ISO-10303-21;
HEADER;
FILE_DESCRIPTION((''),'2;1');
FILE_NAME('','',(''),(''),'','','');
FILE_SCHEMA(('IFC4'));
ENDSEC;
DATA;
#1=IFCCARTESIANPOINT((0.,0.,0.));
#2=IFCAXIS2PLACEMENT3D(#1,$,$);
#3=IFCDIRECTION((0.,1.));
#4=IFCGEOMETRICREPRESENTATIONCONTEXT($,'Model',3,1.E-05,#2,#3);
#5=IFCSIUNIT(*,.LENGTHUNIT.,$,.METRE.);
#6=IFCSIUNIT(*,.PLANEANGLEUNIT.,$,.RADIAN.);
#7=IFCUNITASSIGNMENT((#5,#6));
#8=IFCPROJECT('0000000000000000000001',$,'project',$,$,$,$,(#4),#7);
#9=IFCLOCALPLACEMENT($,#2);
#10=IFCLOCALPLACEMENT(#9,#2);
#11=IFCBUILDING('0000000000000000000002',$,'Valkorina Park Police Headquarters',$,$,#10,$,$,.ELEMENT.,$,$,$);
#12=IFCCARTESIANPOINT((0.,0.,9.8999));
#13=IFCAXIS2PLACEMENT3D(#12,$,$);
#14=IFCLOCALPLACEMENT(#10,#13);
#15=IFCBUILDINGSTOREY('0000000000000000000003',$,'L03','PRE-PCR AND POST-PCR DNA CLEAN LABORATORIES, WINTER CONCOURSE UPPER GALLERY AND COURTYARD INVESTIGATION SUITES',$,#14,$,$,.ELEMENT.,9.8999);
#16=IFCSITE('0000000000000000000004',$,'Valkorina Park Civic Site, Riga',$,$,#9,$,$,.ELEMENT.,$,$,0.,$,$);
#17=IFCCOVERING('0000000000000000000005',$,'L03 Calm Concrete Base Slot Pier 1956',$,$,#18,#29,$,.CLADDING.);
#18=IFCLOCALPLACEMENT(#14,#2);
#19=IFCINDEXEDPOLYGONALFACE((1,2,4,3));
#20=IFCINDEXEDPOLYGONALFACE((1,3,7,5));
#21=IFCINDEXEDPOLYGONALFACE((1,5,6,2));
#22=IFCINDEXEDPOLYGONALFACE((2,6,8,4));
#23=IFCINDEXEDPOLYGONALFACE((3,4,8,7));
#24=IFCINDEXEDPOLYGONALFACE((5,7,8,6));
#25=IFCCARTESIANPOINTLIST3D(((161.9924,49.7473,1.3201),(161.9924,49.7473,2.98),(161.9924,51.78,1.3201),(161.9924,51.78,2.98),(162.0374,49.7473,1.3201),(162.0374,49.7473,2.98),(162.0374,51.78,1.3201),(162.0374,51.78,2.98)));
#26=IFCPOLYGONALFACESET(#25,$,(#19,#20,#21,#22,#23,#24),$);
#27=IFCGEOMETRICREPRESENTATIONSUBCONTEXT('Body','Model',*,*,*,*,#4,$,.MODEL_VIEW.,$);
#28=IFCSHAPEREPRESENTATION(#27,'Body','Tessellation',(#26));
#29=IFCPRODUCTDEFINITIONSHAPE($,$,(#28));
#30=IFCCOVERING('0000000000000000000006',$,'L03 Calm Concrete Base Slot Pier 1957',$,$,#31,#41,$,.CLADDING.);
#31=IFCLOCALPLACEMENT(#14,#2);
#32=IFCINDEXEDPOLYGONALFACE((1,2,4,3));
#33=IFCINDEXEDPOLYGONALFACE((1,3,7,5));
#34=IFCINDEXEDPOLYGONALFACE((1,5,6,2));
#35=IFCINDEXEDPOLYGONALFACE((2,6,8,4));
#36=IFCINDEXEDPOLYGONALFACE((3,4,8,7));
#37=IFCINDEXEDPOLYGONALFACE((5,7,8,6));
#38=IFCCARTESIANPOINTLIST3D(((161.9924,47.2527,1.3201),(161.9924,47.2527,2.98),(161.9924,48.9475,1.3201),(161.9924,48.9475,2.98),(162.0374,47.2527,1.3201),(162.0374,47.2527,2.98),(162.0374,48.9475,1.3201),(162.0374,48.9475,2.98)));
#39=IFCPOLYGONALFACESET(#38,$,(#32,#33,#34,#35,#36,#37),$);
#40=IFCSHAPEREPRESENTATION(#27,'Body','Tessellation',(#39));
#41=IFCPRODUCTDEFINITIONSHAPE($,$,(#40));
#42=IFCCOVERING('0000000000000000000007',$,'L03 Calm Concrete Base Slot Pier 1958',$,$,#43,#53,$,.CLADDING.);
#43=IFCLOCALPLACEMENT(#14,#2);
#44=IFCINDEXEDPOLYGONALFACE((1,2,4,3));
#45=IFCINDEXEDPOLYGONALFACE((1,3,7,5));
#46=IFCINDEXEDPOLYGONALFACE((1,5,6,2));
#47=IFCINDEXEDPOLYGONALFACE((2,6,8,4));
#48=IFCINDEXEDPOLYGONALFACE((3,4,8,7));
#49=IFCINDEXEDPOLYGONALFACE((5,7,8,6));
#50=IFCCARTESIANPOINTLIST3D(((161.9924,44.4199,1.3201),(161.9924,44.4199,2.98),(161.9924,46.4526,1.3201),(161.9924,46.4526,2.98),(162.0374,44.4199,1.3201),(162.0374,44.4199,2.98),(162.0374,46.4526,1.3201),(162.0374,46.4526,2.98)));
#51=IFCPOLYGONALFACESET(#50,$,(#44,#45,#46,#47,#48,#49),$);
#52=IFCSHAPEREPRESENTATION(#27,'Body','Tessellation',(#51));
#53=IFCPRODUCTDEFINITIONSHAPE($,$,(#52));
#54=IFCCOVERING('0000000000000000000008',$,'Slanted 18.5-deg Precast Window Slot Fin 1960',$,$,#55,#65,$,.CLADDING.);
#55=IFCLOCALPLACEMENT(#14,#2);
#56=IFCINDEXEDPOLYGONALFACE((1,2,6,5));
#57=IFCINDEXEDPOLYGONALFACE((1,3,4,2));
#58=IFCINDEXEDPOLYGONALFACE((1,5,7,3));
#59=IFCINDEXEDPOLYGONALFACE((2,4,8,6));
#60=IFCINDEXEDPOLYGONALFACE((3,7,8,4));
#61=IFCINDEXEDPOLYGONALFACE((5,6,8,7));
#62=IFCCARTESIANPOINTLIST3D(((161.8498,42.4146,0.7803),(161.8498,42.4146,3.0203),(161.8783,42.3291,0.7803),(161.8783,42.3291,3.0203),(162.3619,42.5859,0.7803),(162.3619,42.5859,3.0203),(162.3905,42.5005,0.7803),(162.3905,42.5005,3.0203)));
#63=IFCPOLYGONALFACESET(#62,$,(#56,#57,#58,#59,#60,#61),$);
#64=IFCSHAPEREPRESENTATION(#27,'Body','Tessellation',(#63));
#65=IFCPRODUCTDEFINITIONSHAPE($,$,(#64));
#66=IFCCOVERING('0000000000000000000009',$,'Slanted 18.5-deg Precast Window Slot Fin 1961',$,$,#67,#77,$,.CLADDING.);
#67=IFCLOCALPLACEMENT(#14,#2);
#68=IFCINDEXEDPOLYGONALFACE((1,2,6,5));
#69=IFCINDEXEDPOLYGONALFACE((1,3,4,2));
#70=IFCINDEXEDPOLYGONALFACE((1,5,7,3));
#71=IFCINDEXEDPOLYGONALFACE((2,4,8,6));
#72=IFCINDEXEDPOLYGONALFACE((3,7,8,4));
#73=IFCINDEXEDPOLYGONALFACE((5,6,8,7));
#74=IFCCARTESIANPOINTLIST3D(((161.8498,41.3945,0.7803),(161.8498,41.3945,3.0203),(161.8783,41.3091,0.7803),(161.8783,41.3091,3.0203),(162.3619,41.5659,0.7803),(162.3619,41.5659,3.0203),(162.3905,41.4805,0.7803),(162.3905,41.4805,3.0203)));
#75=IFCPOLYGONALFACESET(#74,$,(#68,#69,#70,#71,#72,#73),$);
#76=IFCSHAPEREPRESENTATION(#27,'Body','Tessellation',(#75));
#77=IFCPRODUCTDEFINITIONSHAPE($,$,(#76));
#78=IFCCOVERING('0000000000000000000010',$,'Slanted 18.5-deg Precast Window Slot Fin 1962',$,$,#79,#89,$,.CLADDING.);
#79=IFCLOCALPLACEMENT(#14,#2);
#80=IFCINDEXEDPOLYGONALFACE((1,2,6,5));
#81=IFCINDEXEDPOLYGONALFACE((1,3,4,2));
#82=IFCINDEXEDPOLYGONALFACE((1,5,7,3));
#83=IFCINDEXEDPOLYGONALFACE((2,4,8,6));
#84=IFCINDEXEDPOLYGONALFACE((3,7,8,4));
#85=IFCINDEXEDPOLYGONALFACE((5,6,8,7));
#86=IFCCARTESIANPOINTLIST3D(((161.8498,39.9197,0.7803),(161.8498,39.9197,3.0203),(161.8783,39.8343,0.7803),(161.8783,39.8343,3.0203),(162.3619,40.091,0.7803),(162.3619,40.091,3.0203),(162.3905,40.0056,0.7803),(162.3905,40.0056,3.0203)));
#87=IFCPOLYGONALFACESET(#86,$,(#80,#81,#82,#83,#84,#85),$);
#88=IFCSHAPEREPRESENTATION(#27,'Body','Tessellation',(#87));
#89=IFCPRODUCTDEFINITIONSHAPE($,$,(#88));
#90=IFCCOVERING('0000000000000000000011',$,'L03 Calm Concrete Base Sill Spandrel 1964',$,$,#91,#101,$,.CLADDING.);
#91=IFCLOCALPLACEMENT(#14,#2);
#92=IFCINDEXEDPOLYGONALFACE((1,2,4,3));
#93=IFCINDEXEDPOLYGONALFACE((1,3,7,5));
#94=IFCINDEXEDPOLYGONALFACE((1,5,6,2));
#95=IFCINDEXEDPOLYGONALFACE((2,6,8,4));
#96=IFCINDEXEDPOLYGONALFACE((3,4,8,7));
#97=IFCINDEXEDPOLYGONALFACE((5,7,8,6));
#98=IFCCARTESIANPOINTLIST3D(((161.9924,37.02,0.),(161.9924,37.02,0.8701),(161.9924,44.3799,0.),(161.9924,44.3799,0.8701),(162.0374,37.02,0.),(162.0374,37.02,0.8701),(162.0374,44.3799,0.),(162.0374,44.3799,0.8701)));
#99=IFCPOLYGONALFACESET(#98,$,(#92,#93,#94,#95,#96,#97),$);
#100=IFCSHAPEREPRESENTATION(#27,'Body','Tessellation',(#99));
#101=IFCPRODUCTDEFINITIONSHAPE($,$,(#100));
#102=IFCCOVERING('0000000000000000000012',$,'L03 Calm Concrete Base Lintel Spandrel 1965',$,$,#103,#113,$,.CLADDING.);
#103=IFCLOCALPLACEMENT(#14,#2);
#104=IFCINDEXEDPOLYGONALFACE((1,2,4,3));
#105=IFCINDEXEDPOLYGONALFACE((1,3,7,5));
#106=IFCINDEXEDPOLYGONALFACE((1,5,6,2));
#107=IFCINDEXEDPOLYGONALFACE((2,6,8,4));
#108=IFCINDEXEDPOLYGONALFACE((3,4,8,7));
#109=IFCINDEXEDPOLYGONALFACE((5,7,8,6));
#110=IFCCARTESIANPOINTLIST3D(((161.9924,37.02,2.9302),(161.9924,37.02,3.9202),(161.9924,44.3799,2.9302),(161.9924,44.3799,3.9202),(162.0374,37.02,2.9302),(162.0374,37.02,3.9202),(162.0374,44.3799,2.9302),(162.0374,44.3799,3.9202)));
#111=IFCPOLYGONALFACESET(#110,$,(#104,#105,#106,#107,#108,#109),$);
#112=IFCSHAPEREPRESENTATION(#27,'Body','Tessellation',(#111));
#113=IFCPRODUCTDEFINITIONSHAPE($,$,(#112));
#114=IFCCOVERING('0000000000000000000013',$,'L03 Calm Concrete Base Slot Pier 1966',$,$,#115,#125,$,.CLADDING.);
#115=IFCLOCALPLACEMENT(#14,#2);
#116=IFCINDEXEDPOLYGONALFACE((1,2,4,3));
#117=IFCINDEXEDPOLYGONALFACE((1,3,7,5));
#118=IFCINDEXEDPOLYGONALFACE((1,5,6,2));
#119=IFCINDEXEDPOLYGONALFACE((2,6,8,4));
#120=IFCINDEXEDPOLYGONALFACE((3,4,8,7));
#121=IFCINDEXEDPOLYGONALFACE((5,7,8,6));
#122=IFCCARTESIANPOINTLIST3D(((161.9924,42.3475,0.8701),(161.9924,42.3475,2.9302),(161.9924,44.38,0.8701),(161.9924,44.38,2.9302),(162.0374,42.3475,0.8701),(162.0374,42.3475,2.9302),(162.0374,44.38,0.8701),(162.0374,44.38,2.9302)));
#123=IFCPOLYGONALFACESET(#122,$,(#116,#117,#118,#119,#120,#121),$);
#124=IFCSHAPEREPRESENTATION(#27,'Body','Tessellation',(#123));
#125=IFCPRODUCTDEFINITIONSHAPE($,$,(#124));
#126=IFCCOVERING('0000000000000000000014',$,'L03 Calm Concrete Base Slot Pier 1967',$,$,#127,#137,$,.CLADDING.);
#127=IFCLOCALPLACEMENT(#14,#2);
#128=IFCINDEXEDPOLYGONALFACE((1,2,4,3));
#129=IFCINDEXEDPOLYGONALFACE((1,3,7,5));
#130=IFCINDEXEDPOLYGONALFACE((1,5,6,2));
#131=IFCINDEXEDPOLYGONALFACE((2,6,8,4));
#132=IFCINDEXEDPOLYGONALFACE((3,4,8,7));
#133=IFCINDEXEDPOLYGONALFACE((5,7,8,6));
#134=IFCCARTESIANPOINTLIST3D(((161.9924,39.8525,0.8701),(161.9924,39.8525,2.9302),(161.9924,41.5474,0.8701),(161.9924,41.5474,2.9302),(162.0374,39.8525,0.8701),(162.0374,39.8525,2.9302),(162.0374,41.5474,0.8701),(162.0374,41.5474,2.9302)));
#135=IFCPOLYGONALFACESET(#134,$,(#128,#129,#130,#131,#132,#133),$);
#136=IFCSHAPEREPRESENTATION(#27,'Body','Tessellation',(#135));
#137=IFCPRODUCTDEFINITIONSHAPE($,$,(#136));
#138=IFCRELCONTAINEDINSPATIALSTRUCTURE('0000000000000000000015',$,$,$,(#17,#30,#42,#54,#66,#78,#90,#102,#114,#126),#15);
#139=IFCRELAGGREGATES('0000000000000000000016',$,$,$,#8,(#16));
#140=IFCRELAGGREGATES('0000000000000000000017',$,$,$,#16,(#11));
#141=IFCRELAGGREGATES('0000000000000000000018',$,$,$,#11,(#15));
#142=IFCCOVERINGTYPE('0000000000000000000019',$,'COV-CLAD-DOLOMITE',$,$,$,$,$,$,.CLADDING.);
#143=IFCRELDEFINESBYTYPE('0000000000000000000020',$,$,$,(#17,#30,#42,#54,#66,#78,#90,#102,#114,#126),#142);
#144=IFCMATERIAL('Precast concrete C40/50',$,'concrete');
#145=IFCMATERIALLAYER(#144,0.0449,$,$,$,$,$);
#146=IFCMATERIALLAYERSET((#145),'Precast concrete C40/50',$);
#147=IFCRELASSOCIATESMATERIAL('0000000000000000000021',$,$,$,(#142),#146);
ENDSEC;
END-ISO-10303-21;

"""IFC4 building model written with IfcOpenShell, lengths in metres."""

from ifc_helpers import new_model, si_unit, direction, frame, frame_2d, origin, origin_2d, place, context, subcontext, project, spatial, rectangle, extrude, material, layer, layer_set, type_object, element, save


model = new_model("IFC4")

# Units and contexts
model_context = context("Model", 3, precision=1e-05, world=origin(), true_north=direction((0.0, 1.0)))
body_context = subcontext(model_context, "Body", "Model", "MODEL_VIEW")
ifc_project = project(units=[si_unit("LENGTHUNIT", "METRE"), si_unit("PLANEANGLEUNIT", "RADIAN")], contexts=[model_context])

# Site, building, storey
site_placement = place(None, origin())
site = spatial("IfcSite", under=ifc_project, at=site_placement, Name="Valkorina Park Civic Site, Riga", CompositionType="ELEMENT", RefElevation=0.0)
building_placement = place(site_placement, origin())
building = spatial("IfcBuilding", under=site, at=building_placement, Name="Valkorina Park Police Headquarters", CompositionType="ELEMENT")
storey_placement = place(building_placement, frame((0.0, 0.0, 9.8999)))
storey = spatial("IfcBuildingStorey", under=building, at=storey_placement, Name="L03", Description="PRE-PCR AND POST-PCR DNA CLEAN LABORATORIES, WINTER CONCOURSE UPPER GALLERY AND COURTYARD INVESTIGATION SUITES", CompositionType="ELEMENT", Elevation=9.8999)

# Coverings
ifc_material_1 = material(Name="Precast concrete C40/50", Category="concrete")
ifc_layer = layer(ifc_material_1, 0.0449)
ifc_layer_set = layer_set([ifc_layer], Name="Precast concrete C40/50")
covering_type = type_object("IfcCoveringType", Name="COV-CLAD-DOLOMITE", PredefinedType="CLADDING", material=ifc_layer_set)
covering_1_placement = place(storey_placement, frame((162.0149, 51.78, 1.3201), z_axis=(0.0, 0.0, 1.0), x_axis=(0.0, -1.0, 0.0)))
element("IfcCovering", 1, at=covering_1_placement, inside=storey, type_object=covering_type, Name="L03 Calm Concrete Base Slot Pier 1956", PredefinedType="CLADDING", context=body_context, shape_type="SweptSolid", body=[
    extrude(rectangle(XDim=2.0327, YDim=0.0449, at=frame_2d((1.0164, 0.0))), origin(), (0.0, 0.0, 1.0), 1.6599),
])
covering_2_placement = place(storey_placement, frame((162.0149, 48.9475, 1.3201), z_axis=(0.0, 0.0, 1.0), x_axis=(0.0, -1.0, 0.0)))
element("IfcCovering", 2, at=covering_2_placement, inside=storey, type_object=covering_type, Name="L03 Calm Concrete Base Slot Pier 1957", PredefinedType="CLADDING", context=body_context, shape_type="SweptSolid", body=[
    extrude(rectangle(XDim=1.6948, YDim=0.0449, at=frame_2d((0.8474, 0.0))), origin(), (0.0, 0.0, 1.0), 1.6599),
])
covering_3_placement = place(storey_placement, frame((162.0149, 46.4526, 1.3201), z_axis=(0.0, 0.0, 1.0), x_axis=(0.0, -1.0, 0.0)))
element("IfcCovering", 3, at=covering_3_placement, inside=storey, type_object=covering_type, Name="L03 Calm Concrete Base Slot Pier 1958", PredefinedType="CLADDING", context=body_context, shape_type="SweptSolid", body=[
    extrude(rectangle(XDim=2.0327, YDim=0.0449, at=frame_2d((1.0164, 0.0))), origin(), (0.0, 0.0, 1.0), 1.6599),
])
for number, where, z_axis, x_axis, name in (
    (4, (162.1201, 42.4575, 0.7803), (0.0, 0.0, 1.0), (0.948324, 0.317305, 0.0), "Slanted 18.5-deg Precast Window Slot Fin 1960"),
    (5, (162.1201, 41.4375, 0.7803), (0.0, 0.0, 1.0), (0.948324, 0.317305, 0.0), "Slanted 18.5-deg Precast Window Slot Fin 1961"),
    (6, (162.1201, 39.9626, 0.7803), (0.0, 0.0, 1.0), (0.948324, 0.317305, 0.0), "Slanted 18.5-deg Precast Window Slot Fin 1962"),
):
    element("IfcCovering", number, at=place(storey_placement, frame(where, z_axis=z_axis, x_axis=x_axis)), inside=storey, type_object=covering_type, Name=name, PredefinedType="CLADDING", context=body_context, shape_type="SweptSolid", body=[
        extrude(rectangle(XDim=0.54, YDim=0.0901, at=origin_2d()), origin(), (0.0, 0.0, 1.0), 2.24),
    ])
covering_4_placement = place(storey_placement, frame((162.0149, 44.3799, 0.0), z_axis=(0.0, 0.0, 1.0), x_axis=(0.0, -1.0, 0.0)))
element("IfcCovering", 7, at=covering_4_placement, inside=storey, type_object=covering_type, Name="L03 Calm Concrete Base Sill Spandrel 1964", PredefinedType="CLADDING", context=body_context, shape_type="SweptSolid", body=[
    extrude(rectangle(XDim=7.3599, YDim=0.0449, at=frame_2d((3.6799, 0.0))), origin(), (0.0, 0.0, 1.0), 0.8701),
])
covering_5_placement = place(storey_placement, frame((162.0149, 44.3799, 2.9302), z_axis=(0.0, 0.0, 1.0), x_axis=(0.0, -1.0, 0.0)))
element("IfcCovering", 8, at=covering_5_placement, inside=storey, type_object=covering_type, Name="L03 Calm Concrete Base Lintel Spandrel 1965", PredefinedType="CLADDING", context=body_context, shape_type="SweptSolid", body=[
    extrude(rectangle(XDim=7.3599, YDim=0.0449, at=frame_2d((3.6799, 0.0))), origin(), (0.0, 0.0, 1.0), 0.99),
])
covering_6_placement = place(storey_placement, frame((162.0149, 44.3799, 0.8701), z_axis=(0.0, 0.0, 1.0), x_axis=(0.0, -1.0, 0.0)))
element("IfcCovering", 9, at=covering_6_placement, inside=storey, type_object=covering_type, Name="L03 Calm Concrete Base Slot Pier 1966", PredefinedType="CLADDING", context=body_context, shape_type="SweptSolid", body=[
    extrude(rectangle(XDim=2.0325, YDim=0.0449, at=frame_2d((1.0161, 0.0))), origin(), (0.0, 0.0, 1.0), 2.0601),
])
covering_7_placement = place(storey_placement, frame((162.0149, 41.5474, 0.8701), z_axis=(0.0, 0.0, 1.0), x_axis=(0.0, -1.0, 0.0)))
element("IfcCovering", 10, at=covering_7_placement, inside=storey, type_object=covering_type, Name="L03 Calm Concrete Base Slot Pier 1967", PredefinedType="CLADDING", context=body_context, shape_type="SweptSolid", body=[
    extrude(rectangle(XDim=1.6948, YDim=0.0449, at=frame_2d((0.8474, 0.0))), origin(), (0.0, 0.0, 1.0), 2.0601),
])

save(model, "model.ifc")
